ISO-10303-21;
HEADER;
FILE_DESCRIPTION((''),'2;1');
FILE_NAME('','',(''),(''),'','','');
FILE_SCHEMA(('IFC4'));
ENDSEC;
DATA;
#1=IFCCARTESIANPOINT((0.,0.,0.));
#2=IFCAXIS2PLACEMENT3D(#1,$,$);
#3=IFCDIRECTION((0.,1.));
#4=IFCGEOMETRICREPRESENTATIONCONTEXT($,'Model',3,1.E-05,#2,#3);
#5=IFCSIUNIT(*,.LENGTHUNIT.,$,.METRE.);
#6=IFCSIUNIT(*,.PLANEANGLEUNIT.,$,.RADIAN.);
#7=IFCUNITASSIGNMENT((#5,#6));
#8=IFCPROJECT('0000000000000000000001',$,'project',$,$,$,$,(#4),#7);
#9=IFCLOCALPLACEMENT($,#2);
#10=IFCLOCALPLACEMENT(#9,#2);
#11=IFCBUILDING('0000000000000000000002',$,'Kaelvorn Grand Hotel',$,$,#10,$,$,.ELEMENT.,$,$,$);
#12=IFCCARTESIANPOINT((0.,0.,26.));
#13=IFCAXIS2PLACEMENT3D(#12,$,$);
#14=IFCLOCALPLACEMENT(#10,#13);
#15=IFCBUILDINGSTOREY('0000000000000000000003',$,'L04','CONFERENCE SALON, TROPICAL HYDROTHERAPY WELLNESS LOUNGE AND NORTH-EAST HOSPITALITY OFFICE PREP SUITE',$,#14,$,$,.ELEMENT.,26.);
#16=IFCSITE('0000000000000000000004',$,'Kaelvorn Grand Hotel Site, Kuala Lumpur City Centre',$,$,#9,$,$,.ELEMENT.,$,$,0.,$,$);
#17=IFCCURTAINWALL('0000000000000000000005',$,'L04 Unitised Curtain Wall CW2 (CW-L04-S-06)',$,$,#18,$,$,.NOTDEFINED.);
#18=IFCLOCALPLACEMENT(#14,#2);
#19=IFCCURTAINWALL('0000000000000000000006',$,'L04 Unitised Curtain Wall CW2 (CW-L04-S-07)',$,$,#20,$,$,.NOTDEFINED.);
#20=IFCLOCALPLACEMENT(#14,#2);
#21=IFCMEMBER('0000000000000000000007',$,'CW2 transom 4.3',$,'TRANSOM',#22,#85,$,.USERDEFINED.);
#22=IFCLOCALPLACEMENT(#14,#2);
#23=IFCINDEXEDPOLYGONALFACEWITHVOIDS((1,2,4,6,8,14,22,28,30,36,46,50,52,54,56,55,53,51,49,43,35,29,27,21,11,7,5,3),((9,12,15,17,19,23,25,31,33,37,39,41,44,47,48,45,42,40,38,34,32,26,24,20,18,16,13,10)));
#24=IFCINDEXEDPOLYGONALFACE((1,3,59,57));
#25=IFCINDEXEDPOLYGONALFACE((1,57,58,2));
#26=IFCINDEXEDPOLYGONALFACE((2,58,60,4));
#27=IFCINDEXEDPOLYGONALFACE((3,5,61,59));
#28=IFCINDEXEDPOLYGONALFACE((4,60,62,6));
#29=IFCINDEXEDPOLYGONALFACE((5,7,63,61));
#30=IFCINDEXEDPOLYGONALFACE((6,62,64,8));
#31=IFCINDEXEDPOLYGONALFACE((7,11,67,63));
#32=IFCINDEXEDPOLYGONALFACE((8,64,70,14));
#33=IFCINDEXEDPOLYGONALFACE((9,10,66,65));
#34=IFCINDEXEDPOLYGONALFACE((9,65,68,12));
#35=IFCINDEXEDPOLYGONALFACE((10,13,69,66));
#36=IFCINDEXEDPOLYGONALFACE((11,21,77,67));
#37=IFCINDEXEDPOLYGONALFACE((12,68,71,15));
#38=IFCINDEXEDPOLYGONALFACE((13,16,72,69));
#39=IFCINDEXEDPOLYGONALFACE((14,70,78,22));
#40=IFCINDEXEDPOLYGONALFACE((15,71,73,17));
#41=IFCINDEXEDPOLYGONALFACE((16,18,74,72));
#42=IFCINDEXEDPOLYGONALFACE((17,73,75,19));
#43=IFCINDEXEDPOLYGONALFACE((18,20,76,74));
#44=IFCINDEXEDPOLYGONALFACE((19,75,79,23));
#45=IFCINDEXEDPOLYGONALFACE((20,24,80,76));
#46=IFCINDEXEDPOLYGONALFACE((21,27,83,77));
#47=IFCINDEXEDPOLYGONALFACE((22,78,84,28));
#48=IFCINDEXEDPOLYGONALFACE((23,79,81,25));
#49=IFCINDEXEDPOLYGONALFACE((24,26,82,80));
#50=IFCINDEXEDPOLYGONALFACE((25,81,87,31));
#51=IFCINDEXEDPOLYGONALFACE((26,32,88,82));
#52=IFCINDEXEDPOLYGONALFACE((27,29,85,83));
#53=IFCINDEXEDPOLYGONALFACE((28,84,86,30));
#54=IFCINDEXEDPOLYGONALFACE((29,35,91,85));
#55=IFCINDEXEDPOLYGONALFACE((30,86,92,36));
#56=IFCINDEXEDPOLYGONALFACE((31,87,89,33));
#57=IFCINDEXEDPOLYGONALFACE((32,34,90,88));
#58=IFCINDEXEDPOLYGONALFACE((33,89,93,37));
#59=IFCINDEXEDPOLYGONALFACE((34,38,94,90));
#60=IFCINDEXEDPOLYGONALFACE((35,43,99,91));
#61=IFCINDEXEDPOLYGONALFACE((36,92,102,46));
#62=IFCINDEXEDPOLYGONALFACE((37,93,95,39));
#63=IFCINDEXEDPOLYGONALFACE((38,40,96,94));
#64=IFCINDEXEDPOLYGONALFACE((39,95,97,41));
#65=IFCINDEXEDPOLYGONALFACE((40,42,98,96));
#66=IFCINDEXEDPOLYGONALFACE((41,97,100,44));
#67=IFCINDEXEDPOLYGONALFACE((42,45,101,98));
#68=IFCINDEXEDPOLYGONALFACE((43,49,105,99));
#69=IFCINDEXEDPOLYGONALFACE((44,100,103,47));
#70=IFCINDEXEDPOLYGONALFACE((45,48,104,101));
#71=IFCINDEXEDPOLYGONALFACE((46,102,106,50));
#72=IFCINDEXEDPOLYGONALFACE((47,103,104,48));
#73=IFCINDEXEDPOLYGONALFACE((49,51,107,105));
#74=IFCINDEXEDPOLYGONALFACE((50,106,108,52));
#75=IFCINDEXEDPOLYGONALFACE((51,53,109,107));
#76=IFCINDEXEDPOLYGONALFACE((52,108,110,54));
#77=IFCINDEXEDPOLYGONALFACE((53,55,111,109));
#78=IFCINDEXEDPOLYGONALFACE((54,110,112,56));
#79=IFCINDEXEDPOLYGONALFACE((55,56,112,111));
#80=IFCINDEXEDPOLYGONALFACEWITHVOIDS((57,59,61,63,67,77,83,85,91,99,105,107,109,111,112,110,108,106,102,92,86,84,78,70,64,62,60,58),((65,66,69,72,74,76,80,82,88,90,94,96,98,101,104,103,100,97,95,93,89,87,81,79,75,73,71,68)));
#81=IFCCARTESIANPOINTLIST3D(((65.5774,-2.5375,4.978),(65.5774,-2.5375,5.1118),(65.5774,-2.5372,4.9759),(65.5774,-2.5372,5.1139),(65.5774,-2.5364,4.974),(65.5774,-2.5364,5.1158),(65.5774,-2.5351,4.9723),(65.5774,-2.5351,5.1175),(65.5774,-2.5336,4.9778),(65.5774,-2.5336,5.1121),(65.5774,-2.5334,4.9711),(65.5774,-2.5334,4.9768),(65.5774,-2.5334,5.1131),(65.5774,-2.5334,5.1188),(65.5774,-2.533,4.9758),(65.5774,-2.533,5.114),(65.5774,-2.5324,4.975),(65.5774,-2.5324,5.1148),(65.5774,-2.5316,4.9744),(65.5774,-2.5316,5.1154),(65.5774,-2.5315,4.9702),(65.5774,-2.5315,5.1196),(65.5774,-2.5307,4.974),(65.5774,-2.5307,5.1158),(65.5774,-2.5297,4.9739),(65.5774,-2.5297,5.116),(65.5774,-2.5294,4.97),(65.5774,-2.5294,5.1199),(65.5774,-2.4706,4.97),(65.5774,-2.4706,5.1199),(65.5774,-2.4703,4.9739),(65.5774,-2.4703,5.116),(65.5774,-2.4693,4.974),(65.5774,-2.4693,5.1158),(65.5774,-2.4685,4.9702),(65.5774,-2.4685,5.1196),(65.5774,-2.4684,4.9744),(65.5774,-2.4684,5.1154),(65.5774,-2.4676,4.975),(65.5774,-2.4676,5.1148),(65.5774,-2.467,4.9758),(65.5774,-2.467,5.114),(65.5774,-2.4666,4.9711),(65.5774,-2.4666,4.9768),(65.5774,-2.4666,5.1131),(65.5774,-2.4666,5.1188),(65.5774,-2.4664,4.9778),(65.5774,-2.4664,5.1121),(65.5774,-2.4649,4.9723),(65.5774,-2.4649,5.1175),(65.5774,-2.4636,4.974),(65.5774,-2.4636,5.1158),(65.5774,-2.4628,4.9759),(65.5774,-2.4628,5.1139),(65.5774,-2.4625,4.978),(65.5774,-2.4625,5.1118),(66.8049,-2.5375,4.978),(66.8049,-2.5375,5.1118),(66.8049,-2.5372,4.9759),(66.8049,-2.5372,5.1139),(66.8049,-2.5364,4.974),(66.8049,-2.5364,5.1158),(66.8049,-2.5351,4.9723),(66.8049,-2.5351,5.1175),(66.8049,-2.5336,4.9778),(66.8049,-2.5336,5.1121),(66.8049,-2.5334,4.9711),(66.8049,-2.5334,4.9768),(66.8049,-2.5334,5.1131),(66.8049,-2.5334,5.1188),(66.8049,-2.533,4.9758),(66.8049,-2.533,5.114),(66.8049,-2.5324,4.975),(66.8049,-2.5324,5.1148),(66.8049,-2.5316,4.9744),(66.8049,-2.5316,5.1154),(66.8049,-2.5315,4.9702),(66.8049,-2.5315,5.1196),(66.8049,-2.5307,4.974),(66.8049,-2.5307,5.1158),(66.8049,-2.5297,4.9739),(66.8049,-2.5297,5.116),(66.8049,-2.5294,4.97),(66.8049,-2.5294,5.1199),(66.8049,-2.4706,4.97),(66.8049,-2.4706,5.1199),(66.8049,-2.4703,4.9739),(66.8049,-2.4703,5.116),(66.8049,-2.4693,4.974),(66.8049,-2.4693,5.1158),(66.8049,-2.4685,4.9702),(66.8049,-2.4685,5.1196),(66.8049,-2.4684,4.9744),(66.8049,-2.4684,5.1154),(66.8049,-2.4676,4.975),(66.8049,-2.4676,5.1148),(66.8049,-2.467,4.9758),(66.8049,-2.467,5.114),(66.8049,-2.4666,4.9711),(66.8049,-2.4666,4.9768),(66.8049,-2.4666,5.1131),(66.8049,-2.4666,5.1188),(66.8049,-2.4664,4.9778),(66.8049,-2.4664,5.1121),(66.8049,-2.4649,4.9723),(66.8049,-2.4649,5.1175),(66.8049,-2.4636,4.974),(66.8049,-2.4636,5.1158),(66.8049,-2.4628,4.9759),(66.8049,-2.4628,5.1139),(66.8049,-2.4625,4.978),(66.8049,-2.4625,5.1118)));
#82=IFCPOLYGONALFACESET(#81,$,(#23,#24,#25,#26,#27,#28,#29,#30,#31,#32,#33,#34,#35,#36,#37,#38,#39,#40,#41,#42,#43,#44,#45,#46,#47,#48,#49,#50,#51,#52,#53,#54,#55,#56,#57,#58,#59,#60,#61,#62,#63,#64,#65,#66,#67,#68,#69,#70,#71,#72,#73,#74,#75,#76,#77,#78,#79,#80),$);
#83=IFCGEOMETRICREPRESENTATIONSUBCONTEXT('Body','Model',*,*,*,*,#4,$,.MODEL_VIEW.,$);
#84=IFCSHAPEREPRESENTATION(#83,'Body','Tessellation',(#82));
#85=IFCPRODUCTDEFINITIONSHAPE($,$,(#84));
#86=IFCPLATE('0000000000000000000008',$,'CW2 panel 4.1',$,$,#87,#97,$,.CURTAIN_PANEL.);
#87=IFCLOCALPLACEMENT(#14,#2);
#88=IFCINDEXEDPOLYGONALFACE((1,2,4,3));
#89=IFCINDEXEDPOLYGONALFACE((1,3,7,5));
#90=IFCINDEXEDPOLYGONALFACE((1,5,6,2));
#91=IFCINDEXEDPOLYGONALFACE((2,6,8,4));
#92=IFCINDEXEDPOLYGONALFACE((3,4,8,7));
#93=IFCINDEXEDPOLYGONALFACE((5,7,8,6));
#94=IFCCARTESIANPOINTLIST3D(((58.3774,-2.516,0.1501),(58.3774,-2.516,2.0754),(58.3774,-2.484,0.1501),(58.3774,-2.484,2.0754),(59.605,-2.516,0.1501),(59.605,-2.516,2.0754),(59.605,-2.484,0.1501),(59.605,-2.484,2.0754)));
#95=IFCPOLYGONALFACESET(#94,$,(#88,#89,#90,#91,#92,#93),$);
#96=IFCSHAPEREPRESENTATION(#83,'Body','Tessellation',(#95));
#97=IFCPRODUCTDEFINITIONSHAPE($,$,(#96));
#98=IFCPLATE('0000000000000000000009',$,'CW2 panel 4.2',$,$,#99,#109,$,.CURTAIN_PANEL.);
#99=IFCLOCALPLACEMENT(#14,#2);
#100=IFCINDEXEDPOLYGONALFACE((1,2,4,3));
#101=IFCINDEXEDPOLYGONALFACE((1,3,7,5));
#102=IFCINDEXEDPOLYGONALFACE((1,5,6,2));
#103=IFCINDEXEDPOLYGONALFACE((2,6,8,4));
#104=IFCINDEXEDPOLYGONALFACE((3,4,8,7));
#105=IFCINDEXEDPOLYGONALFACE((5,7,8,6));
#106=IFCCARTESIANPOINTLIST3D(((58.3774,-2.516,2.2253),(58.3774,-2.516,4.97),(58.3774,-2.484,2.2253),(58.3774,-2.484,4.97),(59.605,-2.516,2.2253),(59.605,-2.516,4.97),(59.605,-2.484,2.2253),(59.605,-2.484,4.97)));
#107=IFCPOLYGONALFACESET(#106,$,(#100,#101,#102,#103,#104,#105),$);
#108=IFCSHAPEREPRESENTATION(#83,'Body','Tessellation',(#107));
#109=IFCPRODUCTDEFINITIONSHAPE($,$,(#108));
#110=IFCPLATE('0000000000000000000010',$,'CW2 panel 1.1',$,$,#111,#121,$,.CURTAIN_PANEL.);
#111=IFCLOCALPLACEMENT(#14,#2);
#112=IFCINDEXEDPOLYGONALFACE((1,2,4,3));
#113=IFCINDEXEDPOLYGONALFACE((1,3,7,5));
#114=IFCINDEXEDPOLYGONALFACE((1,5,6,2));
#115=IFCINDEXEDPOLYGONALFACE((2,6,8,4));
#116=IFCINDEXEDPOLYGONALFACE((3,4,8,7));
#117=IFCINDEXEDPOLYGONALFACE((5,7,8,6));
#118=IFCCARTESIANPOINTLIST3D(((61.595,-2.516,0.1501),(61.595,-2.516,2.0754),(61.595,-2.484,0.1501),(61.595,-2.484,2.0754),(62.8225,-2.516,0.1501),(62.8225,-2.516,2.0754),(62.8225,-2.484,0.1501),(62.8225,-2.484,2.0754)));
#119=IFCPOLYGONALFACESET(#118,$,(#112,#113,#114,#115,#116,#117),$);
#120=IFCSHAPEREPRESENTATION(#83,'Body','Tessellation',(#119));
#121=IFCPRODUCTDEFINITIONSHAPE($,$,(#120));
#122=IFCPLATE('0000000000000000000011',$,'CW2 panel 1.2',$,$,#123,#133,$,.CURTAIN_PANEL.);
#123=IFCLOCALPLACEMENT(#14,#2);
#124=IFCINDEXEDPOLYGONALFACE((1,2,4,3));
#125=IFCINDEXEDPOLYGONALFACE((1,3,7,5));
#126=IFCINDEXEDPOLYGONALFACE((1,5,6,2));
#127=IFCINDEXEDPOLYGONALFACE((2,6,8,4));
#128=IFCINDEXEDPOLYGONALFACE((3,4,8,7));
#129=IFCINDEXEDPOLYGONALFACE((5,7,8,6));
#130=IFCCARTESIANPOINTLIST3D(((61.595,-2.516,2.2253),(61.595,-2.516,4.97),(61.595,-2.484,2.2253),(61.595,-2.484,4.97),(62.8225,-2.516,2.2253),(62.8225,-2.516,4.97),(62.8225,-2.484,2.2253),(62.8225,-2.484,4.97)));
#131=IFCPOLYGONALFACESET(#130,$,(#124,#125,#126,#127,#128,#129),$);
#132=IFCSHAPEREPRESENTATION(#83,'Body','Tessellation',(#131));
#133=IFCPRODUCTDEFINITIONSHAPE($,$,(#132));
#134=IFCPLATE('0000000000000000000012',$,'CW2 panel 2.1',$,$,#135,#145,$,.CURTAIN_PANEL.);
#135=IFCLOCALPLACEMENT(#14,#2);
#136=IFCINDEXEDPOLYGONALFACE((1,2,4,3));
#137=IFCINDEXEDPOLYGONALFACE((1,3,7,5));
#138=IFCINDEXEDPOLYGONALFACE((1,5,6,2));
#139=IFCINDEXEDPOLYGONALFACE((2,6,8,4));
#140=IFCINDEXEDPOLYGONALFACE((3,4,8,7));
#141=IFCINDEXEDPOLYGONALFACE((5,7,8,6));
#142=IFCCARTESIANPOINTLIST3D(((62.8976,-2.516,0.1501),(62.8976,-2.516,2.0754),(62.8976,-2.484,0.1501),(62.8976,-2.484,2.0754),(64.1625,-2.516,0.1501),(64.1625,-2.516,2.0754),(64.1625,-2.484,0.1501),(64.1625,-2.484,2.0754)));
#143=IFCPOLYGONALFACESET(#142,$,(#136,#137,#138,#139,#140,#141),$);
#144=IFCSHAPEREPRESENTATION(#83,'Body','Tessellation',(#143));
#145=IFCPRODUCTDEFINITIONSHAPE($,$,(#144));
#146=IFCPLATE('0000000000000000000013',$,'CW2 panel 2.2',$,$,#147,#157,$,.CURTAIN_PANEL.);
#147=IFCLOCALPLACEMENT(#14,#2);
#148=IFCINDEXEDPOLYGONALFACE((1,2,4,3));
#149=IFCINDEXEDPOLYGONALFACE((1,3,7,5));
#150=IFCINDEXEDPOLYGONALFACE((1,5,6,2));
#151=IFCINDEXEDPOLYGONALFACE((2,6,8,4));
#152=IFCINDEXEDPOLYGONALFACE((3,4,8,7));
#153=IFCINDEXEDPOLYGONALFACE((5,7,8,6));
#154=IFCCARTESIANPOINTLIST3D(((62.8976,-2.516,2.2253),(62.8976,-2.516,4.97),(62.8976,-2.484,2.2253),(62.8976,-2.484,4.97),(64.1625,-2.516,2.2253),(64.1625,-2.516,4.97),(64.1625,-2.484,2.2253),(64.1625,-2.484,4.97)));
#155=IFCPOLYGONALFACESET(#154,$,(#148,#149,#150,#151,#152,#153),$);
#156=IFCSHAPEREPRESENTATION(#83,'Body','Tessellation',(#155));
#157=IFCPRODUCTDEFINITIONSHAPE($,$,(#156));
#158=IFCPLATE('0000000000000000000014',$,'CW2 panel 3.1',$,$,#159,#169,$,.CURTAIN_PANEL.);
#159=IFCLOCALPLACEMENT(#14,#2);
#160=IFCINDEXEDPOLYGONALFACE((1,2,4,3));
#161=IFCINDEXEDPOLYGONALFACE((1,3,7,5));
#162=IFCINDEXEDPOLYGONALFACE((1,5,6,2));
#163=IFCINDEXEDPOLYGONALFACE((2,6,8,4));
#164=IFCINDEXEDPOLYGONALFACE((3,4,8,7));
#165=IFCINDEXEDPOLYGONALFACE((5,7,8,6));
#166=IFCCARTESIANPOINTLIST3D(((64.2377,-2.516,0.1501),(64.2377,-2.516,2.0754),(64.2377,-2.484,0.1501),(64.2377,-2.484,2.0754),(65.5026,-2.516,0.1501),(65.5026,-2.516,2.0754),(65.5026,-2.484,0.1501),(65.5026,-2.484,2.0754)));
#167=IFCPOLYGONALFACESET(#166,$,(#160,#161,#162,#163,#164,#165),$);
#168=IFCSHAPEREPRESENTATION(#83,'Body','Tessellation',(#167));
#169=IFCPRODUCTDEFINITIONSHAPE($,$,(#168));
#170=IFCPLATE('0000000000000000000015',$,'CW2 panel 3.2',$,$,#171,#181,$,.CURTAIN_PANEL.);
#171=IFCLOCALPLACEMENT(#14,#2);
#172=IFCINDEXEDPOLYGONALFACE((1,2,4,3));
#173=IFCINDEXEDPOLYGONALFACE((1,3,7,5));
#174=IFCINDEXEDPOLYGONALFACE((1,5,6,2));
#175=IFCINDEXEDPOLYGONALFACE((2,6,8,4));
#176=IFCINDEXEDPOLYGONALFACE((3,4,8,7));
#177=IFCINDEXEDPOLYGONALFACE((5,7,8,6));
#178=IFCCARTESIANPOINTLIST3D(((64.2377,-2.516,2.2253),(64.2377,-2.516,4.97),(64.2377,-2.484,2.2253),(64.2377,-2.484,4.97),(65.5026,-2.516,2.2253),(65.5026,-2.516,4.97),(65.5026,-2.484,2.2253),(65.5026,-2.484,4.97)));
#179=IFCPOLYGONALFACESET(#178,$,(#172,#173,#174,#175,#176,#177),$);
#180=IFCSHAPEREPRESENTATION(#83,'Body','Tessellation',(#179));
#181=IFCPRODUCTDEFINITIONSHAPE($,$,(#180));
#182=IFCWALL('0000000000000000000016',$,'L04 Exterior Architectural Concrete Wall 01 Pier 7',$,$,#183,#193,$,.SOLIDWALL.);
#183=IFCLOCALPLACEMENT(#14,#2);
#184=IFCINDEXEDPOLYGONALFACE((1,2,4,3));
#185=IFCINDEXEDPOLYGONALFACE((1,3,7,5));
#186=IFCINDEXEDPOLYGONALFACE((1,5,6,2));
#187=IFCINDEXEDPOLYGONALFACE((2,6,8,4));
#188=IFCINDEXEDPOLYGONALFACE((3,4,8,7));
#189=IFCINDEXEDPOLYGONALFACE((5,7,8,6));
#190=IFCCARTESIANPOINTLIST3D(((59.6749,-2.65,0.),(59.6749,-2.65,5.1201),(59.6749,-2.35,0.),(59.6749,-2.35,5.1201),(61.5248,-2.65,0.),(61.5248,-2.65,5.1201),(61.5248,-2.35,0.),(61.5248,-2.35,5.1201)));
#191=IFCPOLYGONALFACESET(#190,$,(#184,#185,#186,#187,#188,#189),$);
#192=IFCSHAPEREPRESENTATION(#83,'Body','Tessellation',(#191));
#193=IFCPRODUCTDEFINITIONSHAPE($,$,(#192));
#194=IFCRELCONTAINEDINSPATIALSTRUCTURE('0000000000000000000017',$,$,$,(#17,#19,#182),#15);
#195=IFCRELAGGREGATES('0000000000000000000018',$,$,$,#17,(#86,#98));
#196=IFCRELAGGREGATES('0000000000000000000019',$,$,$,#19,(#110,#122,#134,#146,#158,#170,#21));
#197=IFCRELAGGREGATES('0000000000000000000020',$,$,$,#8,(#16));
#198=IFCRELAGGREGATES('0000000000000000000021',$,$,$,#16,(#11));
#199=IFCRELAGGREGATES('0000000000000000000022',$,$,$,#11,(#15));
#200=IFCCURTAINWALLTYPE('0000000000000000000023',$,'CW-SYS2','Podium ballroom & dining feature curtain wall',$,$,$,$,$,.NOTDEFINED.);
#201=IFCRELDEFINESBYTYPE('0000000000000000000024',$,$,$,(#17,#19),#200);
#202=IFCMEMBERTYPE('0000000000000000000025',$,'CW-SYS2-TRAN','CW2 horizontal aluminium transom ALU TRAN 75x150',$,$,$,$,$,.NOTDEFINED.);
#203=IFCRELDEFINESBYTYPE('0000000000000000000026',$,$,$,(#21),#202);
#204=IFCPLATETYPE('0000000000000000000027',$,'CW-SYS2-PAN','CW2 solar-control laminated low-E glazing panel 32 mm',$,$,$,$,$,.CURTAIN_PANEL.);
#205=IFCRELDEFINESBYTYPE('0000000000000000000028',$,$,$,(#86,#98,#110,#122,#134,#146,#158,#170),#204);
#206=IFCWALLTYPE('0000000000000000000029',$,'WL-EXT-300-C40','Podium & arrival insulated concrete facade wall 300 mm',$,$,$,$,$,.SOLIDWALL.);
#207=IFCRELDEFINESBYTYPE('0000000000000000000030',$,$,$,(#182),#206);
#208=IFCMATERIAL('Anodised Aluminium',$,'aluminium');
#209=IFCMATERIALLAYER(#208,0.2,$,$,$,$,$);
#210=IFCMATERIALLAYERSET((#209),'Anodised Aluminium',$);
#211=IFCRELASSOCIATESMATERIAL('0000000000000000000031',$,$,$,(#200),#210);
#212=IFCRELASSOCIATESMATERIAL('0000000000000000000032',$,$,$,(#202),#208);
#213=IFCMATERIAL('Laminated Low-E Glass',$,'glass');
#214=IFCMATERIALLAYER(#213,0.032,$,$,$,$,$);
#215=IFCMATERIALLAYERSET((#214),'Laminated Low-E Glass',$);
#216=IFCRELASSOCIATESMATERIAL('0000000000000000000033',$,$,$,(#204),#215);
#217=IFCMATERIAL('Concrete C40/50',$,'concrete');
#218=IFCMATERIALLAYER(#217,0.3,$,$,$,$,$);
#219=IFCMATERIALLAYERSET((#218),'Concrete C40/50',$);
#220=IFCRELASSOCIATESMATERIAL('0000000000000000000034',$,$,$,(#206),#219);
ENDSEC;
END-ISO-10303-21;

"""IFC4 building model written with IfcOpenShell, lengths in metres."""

from ifc_helpers import new_model, si_unit, direction, frame, frame_2d, origin, origin_2d, place, context, subcontext, project, spatial, rectangle, hollow_rectangle, extrude, material, layer, layer_set, material_profile, profile_set, type_object, element, aggregate, save


model = new_model("IFC4")

# Units and contexts
model_context = context("Model", 3, precision=1e-05, world=origin(), true_north=direction((0.0, 1.0)))
body_context = subcontext(model_context, "Body", "Model", "MODEL_VIEW")
ifc_project = project(units=[si_unit("LENGTHUNIT", "METRE"), si_unit("PLANEANGLEUNIT", "RADIAN")], contexts=[model_context])

# Site, building, storey
site_placement = place(None, origin())
site = spatial("IfcSite", under=ifc_project, at=site_placement, Name="Kaelvorn Grand Hotel Site, Kuala Lumpur City Centre", CompositionType="ELEMENT", RefElevation=0.0)
building_placement = place(site_placement, origin())
building = spatial("IfcBuilding", under=site, at=building_placement, Name="Kaelvorn Grand Hotel", CompositionType="ELEMENT")
storey_placement = place(building_placement, frame((0.0, 0.0, 26.0)))
storey = spatial("IfcBuildingStorey", under=building, at=storey_placement, Name="L04", Description="CONFERENCE SALON, TROPICAL HYDROTHERAPY WELLNESS LOUNGE AND NORTH-EAST HOSPITALITY OFFICE PREP SUITE", CompositionType="ELEMENT", Elevation=26.0)

# Curtain wall
ifc_material_1 = material(Name="Anodised Aluminium", Category="aluminium")
ifc_layer_1 = layer(ifc_material_1, 0.2)
ifc_layer_set_1 = layer_set([ifc_layer_1], Name="Anodised Aluminium")
curtain_wall_type = type_object("IfcCurtainWallType", Name="CW-SYS2", Description="Podium ballroom & dining feature curtain wall", PredefinedType="NOTDEFINED", material=ifc_layer_set_1)
curtain_wall_1_placement = place(storey_placement, origin())
curtain_wall_1 = element("IfcCurtainWall", 1, at=curtain_wall_1_placement, inside=storey, type_object=curtain_wall_type, Name="L04 Unitised Curtain Wall CW2 (CW-L04-S-06)", PredefinedType="NOTDEFINED")

# Curtain wall
curtain_wall_2_placement = place(storey_placement, origin())
curtain_wall_2 = element("IfcCurtainWall", 2, at=curtain_wall_2_placement, inside=storey, type_object=curtain_wall_type, Name="L04 Unitised Curtain Wall CW2 (CW-L04-S-07)", PredefinedType="NOTDEFINED")

# Member
ifc_material_profile_1 = material_profile(ifc_material_1, hollow_rectangle(XDim=0.075, YDim=0.1499, WallThickness=0.0039, InnerFilletRadius=0.0039, OuterFilletRadius=0.0081, at=origin_2d()), Name="ALU TRAN 75x150")
ifc_profile_set_1 = profile_set([ifc_material_profile_1], Name="Anodised Aluminium")
member_type_1 = type_object("IfcMemberType", Name="CW-SYS2-TRAN", Description="CW2 horizontal aluminium transom ALU TRAN 75x150", PredefinedType="NOTDEFINED", material=ifc_profile_set_1)
member_1_placement = place(storey_placement, frame((65.5774, -2.5, 5.0449), z_axis=(1.0, 0.0, 0.0), x_axis=(0.0, 1.0, 0.0)))
member_1 = element("IfcMember", 3, at=member_1_placement, type_object=member_type_1, Name="CW2 transom 4.3", ObjectType="TRANSOM", PredefinedType="USERDEFINED", context=body_context, shape_type="SweptSolid", body=[
    extrude(hollow_rectangle(XDim=0.075, YDim=0.1499, WallThickness=0.0039, InnerFilletRadius=0.0039, OuterFilletRadius=0.0081, at=origin_2d()), origin(), (0.0, 0.0, 1.0), 1.2275),
])

# Plates
ifc_material_2 = material(Name="Laminated Low-E Glass", Category="glass")
ifc_layer_2 = layer(ifc_material_2, 0.032)
ifc_layer_set_2 = layer_set([ifc_layer_2], Name="Laminated Low-E Glass")
plate_type = type_object("IfcPlateType", Name="CW-SYS2-PAN", Description="CW2 solar-control laminated low-E glazing panel 32 mm", PredefinedType="CURTAIN_PANEL", material=ifc_layer_set_2)
plate_1_placement = place(storey_placement, frame((58.9912, -2.5, 0.1501), z_axis=(0.0, 0.0, 1.0), x_axis=(1.0, 0.0, 0.0)))
plate_1 = element("IfcPlate", 4, at=plate_1_placement, type_object=plate_type, Name="CW2 panel 4.1", PredefinedType="CURTAIN_PANEL", context=body_context, shape_type="SweptSolid", body=[
    extrude(rectangle(XDim=1.2275, YDim=0.032, at=origin_2d()), origin(), (0.0, 0.0, 1.0), 1.9253),
])
plate_2_placement = place(storey_placement, frame((58.9912, -2.5, 2.2253), z_axis=(0.0, 0.0, 1.0), x_axis=(1.0, 0.0, 0.0)))
plate_2 = element("IfcPlate", 5, at=plate_2_placement, type_object=plate_type, Name="CW2 panel 4.2", PredefinedType="CURTAIN_PANEL", context=body_context, shape_type="SweptSolid", body=[
    extrude(rectangle(XDim=1.2275, YDim=0.032, at=origin_2d()), origin(), (0.0, 0.0, 1.0), 2.7446),
])
aggregate(curtain_wall_1, [plate_1, plate_2])
plate_3_placement = place(storey_placement, frame((62.2087, -2.5, 0.1501), z_axis=(0.0, 0.0, 1.0), x_axis=(1.0, 0.0, 0.0)))
plate_3 = element("IfcPlate", 6, at=plate_3_placement, type_object=plate_type, Name="CW2 panel 1.1", PredefinedType="CURTAIN_PANEL", context=body_context, shape_type="SweptSolid", body=[
    extrude(rectangle(XDim=1.2275, YDim=0.032, at=origin_2d()), origin(), (0.0, 0.0, 1.0), 1.9253),
])
plate_4_placement = place(storey_placement, frame((62.2087, -2.5, 2.2253), z_axis=(0.0, 0.0, 1.0), x_axis=(1.0, 0.0, 0.0)))
plate_4 = element("IfcPlate", 7, at=plate_4_placement, type_object=plate_type, Name="CW2 panel 1.2", PredefinedType="CURTAIN_PANEL", context=body_context, shape_type="SweptSolid", body=[
    extrude(rectangle(XDim=1.2275, YDim=0.032, at=origin_2d()), origin(), (0.0, 0.0, 1.0), 2.7446),
])
plate_5_placement = place(storey_placement, frame((63.53, -2.5, 0.1501), z_axis=(0.0, 0.0, 1.0), x_axis=(1.0, 0.0, 0.0)))
plate_5 = element("IfcPlate", 8, at=plate_5_placement, type_object=plate_type, Name="CW2 panel 2.1", PredefinedType="CURTAIN_PANEL", context=body_context, shape_type="SweptSolid", body=[
    extrude(rectangle(XDim=1.2649, YDim=0.032, at=origin_2d()), origin(), (0.0, 0.0, 1.0), 1.9253),
])
plate_6_placement = place(storey_placement, frame((63.53, -2.5, 2.2253), z_axis=(0.0, 0.0, 1.0), x_axis=(1.0, 0.0, 0.0)))
plate_6 = element("IfcPlate", 9, at=plate_6_placement, type_object=plate_type, Name="CW2 panel 2.2", PredefinedType="CURTAIN_PANEL", context=body_context, shape_type="SweptSolid", body=[
    extrude(rectangle(XDim=1.2649, YDim=0.032, at=origin_2d()), origin(), (0.0, 0.0, 1.0), 2.7446),
])
plate_7_placement = place(storey_placement, frame((64.8701, -2.5, 0.1501), z_axis=(0.0, 0.0, 1.0), x_axis=(1.0, 0.0, 0.0)))
plate_7 = element("IfcPlate", 10, at=plate_7_placement, type_object=plate_type, Name="CW2 panel 3.1", PredefinedType="CURTAIN_PANEL", context=body_context, shape_type="SweptSolid", body=[
    extrude(rectangle(XDim=1.2649, YDim=0.032, at=origin_2d()), origin(), (0.0, 0.0, 1.0), 1.9253),
])
plate_8_placement = place(storey_placement, frame((64.8701, -2.5, 2.2253), z_axis=(0.0, 0.0, 1.0), x_axis=(1.0, 0.0, 0.0)))
plate_8 = element("IfcPlate", 11, at=plate_8_placement, type_object=plate_type, Name="CW2 panel 3.2", PredefinedType="CURTAIN_PANEL", context=body_context, shape_type="SweptSolid", body=[
    extrude(rectangle(XDim=1.2649, YDim=0.032, at=origin_2d()), origin(), (0.0, 0.0, 1.0), 2.7446),
])
aggregate(curtain_wall_2, [plate_3, plate_4, plate_5, plate_6, plate_7, plate_8, member_1])

# Wall
ifc_material_3 = material(Name="Concrete C40/50", Category="concrete")
ifc_layer_3 = layer(ifc_material_3, 0.3)
ifc_layer_set_3 = layer_set([ifc_layer_3], Name="Concrete C40/50")
wall_type = type_object("IfcWallType", Name="WL-EXT-300-C40", Description="Podium & arrival insulated concrete facade wall 300 mm", PredefinedType="SOLIDWALL", material=ifc_layer_set_3)
wall_placement = place(storey_placement, frame((59.675, -2.5, 0.0), z_axis=(0.0, 0.0, 1.0), x_axis=(1.0, 0.0, 0.0)))
element("IfcWall", 12, at=wall_placement, inside=storey, type_object=wall_type, Name="L04 Exterior Architectural Concrete Wall 01 Pier 7", PredefinedType="SOLIDWALL", context=body_context, shape_type="SweptSolid", body=[
    extrude(rectangle(XDim=1.8499, YDim=0.3, at=frame_2d((0.9248, 0.0))), origin(), (0.0, 0.0, 1.0), 5.1201),
])

save(model, "model.ifc")
